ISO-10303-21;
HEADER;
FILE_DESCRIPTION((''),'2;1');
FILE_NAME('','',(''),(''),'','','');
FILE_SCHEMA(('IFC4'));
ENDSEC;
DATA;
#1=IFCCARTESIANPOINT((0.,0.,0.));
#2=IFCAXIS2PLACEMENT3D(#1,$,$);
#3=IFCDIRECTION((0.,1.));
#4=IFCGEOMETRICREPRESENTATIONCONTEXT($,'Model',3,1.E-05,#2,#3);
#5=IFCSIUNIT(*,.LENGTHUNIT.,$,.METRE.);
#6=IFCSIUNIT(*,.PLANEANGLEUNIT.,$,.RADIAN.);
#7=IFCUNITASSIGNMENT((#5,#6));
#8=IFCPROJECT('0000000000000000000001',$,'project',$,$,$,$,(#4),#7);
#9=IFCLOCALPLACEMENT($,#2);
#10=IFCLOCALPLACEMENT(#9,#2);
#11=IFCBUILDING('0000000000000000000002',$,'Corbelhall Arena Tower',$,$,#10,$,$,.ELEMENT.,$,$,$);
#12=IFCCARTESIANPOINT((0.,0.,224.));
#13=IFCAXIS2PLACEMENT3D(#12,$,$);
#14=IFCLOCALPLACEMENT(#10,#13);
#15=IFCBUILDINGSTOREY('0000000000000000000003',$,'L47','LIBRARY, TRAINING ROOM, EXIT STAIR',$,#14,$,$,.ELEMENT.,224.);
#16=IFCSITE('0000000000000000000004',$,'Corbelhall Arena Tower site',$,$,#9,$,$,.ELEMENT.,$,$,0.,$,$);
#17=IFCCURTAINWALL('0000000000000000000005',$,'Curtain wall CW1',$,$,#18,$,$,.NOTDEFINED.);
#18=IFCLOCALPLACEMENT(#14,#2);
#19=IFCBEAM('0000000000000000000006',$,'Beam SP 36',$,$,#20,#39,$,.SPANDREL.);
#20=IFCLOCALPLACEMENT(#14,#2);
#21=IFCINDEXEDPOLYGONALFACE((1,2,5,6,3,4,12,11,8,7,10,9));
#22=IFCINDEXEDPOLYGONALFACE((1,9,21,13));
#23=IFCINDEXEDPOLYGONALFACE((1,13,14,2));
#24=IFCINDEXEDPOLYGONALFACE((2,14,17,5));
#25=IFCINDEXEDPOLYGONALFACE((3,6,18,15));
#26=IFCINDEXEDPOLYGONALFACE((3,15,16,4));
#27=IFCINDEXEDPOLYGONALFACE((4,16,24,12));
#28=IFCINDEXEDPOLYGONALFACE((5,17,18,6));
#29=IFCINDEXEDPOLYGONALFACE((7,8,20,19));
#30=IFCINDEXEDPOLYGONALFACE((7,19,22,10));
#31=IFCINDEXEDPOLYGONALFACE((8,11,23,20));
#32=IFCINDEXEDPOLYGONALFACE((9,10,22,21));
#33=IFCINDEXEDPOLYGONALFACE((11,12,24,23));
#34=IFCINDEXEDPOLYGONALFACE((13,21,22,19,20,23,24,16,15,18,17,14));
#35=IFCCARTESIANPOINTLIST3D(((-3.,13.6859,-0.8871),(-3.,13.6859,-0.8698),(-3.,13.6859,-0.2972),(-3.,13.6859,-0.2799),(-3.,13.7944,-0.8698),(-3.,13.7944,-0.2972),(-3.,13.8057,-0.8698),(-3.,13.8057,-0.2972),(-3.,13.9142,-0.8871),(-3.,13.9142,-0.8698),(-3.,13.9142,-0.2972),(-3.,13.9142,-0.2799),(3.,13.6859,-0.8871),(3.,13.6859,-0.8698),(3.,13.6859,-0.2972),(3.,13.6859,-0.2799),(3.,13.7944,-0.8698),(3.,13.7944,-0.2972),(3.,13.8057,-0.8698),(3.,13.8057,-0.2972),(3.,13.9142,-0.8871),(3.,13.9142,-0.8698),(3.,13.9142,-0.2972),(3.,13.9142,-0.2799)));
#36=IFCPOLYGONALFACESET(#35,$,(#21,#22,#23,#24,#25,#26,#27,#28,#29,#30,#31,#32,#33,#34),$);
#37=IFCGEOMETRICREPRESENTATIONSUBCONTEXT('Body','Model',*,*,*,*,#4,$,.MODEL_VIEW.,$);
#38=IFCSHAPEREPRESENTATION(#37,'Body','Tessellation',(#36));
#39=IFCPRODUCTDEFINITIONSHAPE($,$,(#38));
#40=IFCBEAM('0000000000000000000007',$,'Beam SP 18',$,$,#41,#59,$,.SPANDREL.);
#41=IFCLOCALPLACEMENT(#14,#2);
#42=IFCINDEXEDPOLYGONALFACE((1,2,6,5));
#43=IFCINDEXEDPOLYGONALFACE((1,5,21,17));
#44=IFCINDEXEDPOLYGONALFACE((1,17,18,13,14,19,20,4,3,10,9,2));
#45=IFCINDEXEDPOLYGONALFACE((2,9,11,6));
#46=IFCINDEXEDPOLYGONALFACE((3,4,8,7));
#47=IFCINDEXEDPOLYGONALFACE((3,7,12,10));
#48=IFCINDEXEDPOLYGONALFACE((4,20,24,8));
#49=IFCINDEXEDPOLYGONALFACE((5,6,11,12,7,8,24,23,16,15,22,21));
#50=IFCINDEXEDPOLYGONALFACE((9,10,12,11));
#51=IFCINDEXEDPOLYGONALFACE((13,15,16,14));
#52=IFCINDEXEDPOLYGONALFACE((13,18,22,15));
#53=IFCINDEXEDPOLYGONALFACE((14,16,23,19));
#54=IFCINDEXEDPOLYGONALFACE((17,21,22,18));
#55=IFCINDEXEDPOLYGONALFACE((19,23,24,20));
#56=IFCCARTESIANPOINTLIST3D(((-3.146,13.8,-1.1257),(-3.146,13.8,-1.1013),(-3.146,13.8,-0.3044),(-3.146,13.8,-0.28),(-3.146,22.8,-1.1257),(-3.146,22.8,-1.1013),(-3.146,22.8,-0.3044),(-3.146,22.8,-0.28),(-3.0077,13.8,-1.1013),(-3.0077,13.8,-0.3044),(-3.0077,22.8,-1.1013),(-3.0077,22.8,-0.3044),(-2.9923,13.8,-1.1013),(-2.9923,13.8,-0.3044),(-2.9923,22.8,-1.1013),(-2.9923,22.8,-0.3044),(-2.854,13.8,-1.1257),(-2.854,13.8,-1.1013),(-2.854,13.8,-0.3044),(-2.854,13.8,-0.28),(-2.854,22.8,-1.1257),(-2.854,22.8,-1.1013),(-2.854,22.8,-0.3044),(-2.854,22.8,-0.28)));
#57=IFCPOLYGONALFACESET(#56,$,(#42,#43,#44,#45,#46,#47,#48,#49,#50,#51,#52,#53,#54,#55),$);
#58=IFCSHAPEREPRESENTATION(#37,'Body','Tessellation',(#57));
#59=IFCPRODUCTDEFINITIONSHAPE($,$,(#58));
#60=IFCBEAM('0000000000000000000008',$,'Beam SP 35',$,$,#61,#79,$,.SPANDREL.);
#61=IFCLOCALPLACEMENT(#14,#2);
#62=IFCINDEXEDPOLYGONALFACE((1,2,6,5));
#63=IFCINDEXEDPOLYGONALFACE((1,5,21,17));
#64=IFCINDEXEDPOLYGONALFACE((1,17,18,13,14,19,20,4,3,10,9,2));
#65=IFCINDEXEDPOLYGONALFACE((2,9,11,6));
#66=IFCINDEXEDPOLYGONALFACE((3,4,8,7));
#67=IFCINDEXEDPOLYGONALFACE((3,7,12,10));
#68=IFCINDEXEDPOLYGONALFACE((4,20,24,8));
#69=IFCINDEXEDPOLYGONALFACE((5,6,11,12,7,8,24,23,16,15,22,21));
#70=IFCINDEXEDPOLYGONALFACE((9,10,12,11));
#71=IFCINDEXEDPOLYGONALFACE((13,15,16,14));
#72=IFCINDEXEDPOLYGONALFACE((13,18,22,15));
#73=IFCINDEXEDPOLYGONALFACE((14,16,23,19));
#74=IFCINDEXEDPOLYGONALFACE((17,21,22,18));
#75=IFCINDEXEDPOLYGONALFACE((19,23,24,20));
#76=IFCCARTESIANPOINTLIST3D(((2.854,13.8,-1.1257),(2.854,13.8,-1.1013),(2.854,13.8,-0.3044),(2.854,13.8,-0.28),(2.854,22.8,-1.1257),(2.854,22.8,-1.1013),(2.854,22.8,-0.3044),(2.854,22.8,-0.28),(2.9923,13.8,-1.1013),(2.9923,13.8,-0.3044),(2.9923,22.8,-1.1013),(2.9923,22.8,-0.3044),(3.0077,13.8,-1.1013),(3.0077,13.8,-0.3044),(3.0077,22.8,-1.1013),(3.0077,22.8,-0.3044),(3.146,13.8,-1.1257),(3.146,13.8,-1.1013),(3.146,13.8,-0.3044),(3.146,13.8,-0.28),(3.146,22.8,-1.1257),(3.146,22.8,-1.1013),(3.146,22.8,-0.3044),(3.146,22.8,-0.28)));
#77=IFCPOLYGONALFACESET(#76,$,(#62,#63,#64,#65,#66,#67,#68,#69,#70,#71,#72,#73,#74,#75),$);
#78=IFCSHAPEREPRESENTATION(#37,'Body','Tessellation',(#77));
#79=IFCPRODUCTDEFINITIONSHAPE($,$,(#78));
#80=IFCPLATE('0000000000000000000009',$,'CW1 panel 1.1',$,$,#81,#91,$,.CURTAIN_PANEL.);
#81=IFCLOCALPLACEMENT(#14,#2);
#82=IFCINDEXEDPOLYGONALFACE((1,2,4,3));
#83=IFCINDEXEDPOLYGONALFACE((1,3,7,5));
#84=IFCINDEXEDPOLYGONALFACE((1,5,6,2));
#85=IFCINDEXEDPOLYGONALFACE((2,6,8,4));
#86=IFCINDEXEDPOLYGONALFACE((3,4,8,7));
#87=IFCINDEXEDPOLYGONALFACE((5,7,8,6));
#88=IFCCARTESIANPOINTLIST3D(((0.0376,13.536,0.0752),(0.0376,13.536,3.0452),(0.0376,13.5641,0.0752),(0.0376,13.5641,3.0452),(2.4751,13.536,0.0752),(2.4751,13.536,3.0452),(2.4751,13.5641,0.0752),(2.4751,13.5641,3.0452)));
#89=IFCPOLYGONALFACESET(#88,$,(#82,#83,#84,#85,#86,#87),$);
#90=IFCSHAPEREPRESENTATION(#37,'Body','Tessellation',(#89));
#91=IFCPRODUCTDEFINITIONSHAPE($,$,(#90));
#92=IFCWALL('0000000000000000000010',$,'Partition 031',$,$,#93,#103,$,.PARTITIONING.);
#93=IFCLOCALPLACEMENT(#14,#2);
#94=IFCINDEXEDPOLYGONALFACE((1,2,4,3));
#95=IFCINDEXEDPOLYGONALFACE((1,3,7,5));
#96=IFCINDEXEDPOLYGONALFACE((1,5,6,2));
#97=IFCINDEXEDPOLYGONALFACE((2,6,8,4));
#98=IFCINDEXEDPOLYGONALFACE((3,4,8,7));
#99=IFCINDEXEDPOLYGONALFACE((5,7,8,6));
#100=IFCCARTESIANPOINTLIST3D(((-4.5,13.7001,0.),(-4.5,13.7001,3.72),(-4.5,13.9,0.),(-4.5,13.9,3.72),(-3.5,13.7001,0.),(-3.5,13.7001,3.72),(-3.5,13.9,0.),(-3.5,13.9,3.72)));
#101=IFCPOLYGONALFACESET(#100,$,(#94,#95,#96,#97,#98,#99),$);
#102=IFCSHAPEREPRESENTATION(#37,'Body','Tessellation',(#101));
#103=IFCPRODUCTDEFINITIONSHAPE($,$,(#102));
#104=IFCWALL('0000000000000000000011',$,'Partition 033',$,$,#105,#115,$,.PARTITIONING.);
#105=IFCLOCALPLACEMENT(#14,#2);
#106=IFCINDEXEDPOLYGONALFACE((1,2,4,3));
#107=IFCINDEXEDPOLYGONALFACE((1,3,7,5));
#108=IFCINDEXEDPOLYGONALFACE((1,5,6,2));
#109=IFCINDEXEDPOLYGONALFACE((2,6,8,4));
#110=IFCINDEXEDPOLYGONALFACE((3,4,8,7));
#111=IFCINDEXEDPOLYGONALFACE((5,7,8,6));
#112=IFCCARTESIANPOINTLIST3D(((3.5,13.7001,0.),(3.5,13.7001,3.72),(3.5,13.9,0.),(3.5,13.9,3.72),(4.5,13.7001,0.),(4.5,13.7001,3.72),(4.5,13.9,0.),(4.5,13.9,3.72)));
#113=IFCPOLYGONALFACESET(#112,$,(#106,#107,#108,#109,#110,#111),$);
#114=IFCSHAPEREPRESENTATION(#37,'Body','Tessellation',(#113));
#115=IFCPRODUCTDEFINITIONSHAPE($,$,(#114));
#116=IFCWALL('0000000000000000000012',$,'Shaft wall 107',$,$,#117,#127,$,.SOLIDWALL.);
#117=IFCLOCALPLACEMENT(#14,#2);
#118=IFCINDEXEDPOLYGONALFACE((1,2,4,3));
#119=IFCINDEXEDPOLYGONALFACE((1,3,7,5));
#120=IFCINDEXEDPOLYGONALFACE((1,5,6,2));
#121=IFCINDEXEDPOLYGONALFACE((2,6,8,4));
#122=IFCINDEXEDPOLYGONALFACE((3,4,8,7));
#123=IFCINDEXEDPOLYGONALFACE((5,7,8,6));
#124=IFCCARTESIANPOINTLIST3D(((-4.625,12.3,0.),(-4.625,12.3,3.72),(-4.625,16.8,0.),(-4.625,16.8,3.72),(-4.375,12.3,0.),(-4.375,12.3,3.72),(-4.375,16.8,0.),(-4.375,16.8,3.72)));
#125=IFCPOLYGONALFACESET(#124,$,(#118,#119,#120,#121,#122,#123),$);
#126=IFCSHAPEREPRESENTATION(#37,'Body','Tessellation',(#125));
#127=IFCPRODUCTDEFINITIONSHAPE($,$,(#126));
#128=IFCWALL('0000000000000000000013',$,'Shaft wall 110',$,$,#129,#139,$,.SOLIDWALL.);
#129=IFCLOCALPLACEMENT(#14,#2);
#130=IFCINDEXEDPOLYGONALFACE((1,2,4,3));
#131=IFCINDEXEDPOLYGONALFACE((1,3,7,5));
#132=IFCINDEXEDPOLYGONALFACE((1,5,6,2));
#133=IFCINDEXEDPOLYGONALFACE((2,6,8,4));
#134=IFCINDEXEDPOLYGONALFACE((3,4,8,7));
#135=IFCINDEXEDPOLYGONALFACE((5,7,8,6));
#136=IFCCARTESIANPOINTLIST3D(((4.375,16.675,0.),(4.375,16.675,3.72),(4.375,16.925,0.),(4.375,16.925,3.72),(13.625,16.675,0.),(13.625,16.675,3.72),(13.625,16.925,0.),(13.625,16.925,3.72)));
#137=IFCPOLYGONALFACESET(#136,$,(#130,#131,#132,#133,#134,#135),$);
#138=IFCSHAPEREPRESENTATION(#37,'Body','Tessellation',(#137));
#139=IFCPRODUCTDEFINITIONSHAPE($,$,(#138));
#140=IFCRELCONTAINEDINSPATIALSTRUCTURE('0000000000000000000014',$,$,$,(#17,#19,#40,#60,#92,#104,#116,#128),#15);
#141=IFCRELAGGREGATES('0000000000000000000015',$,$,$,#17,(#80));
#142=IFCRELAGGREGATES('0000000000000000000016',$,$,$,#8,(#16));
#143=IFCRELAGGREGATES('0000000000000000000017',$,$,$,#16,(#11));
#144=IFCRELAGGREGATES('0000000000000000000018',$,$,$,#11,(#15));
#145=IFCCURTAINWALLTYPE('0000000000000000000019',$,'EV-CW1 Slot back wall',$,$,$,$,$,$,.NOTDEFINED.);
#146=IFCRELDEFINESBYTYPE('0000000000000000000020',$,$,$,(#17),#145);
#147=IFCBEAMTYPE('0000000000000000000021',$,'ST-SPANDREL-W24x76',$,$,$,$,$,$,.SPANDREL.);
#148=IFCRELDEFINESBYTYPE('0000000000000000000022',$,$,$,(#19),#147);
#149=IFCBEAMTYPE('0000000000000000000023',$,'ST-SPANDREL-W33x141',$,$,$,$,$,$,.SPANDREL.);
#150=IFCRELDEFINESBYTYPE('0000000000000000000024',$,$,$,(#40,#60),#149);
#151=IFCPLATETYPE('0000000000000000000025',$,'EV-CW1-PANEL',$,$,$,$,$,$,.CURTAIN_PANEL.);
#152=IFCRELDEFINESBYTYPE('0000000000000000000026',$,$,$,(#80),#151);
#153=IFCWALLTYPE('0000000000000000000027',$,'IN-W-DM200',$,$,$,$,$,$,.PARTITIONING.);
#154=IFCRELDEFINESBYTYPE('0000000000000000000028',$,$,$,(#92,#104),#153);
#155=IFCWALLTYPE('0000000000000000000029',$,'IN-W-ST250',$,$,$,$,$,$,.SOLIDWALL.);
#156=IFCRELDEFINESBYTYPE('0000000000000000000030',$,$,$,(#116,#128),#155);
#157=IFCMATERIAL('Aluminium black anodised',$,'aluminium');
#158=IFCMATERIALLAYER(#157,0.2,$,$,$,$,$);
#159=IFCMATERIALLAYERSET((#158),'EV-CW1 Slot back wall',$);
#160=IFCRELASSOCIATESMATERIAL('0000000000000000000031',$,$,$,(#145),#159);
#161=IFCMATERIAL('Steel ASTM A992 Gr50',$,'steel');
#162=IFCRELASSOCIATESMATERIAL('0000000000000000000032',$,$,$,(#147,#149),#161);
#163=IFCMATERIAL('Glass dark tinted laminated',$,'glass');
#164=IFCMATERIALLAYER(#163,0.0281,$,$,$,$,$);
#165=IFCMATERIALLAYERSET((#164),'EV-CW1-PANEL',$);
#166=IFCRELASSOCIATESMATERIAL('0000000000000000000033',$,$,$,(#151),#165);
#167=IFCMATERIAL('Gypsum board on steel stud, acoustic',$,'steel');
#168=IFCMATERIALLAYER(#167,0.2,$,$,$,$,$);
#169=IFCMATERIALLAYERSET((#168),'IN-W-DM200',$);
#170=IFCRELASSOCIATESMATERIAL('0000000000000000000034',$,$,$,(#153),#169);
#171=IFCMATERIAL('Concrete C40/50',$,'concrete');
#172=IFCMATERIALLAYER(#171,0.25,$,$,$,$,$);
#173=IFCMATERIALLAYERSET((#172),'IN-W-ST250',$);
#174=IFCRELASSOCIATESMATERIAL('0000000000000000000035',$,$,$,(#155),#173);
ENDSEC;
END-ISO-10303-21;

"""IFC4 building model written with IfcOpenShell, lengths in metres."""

from ifc_helpers import new_model, si_unit, direction, frame, frame_2d, origin, origin_2d, place, context, subcontext, project, spatial, rectangle, i_section, extrude, material, layer, layer_set, material_profile, profile_set, type_object, element, aggregate, save


model = new_model("IFC4")

# Units and contexts
model_context = context("Model", 3, precision=1e-05, world=origin(), true_north=direction((0.0, 1.0)))
body_context = subcontext(model_context, "Body", "Model", "MODEL_VIEW")
ifc_project = project(units=[si_unit("LENGTHUNIT", "METRE"), si_unit("PLANEANGLEUNIT", "RADIAN")], contexts=[model_context])

# Site, building, storey
site_placement = place(None, origin())
site = spatial("IfcSite", under=ifc_project, at=site_placement, Name="Corbelhall Arena Tower site", CompositionType="ELEMENT", RefElevation=0.0)
building_placement = place(site_placement, origin())
building = spatial("IfcBuilding", under=site, at=building_placement, Name="Corbelhall Arena Tower", CompositionType="ELEMENT")
storey_placement = place(building_placement, frame((0.0, 0.0, 224.0)))
storey = spatial("IfcBuildingStorey", under=building, at=storey_placement, Name="L47", Description="LIBRARY, TRAINING ROOM, EXIT STAIR", CompositionType="ELEMENT", Elevation=224.0)

# Curtain wall
ifc_material_1 = material(Name="Aluminium black anodised", Category="aluminium")
ifc_layer_1 = layer(ifc_material_1, 0.2)
ifc_layer_set_1 = layer_set([ifc_layer_1], Name="EV-CW1 Slot back wall")
curtain_wall_type = type_object("IfcCurtainWallType", Name="EV-CW1 Slot back wall", PredefinedType="NOTDEFINED", material=ifc_layer_set_1)
curtain_wall_placement = place(storey_placement, origin())
curtain_wall = element("IfcCurtainWall", 1, at=curtain_wall_placement, inside=storey, type_object=curtain_wall_type, Name="Curtain wall CW1", PredefinedType="NOTDEFINED")

# Beams
ifc_material_2 = material(Name="Steel ASTM A992 Gr50", Category="steel")
ifc_material_profile_1 = material_profile(ifc_material_2, i_section(OverallWidth=0.2283, OverallDepth=0.6072, WebThickness=0.0112, FlangeThickness=0.0173, at=origin_2d()))
ifc_profile_set_1 = profile_set([ifc_material_profile_1], Name="Steel ASTM A992 Gr50")
beam_type_1 = type_object("IfcBeamType", Name="ST-SPANDREL-W24x76", PredefinedType="SPANDREL", material=ifc_profile_set_1)
beam_1_placement = place(storey_placement, frame((-3.0, 13.8, -0.5835), z_axis=(1.0, 0.0, 0.0), x_axis=(0.0, 1.0, 0.0)))
element("IfcBeam", 2, at=beam_1_placement, inside=storey, type_object=beam_type_1, Name="Beam SP 36", PredefinedType="SPANDREL", context=body_context, shape_type="SweptSolid", body=[
    extrude(i_section(OverallWidth=0.2283, OverallDepth=0.6072, WebThickness=0.0112, FlangeThickness=0.0173, at=origin_2d()), origin(), (0.0, 0.0, 1.0), 6.0),
])
ifc_material_profile_2 = material_profile(ifc_material_2, i_section(OverallWidth=0.292, OverallDepth=0.8457, WebThickness=0.0154, FlangeThickness=0.0244, at=origin_2d()))
ifc_profile_set_2 = profile_set([ifc_material_profile_2], Name="Steel ASTM A992 Gr50")
beam_type_2 = type_object("IfcBeamType", Name="ST-SPANDREL-W33x141", PredefinedType="SPANDREL", material=ifc_profile_set_2)
for number, where, z_axis, x_axis, name in (
    (3, (-3.0, 22.8, -0.7029), (0.0, -1.0, 0.0), (1.0, 0.0, 0.0), "Beam SP 18"),
    (4, (3.0, 13.8, -0.7029), (0.0, 1.0, 0.0), (-1.0, 0.0, 0.0), "Beam SP 35"),
):
    element("IfcBeam", number, at=place(storey_placement, frame(where, z_axis=z_axis, x_axis=x_axis)), inside=storey, type_object=beam_type_2, Name=name, PredefinedType="SPANDREL", context=body_context, shape_type="SweptSolid", body=[
        extrude(i_section(OverallWidth=0.292, OverallDepth=0.8457, WebThickness=0.0154, FlangeThickness=0.0244, at=origin_2d()), origin(), (0.0, 0.0, 1.0), 9.0),
    ])

# Plate
ifc_material_3 = material(Name="Glass dark tinted laminated", Category="glass")
ifc_layer_2 = layer(ifc_material_3, 0.0281)
ifc_layer_set_2 = layer_set([ifc_layer_2], Name="EV-CW1-PANEL")
plate_type = type_object("IfcPlateType", Name="EV-CW1-PANEL", PredefinedType="CURTAIN_PANEL", material=ifc_layer_set_2)
plate_placement = place(storey_placement, frame((1.2563, 13.55, 0.0752), z_axis=(0.0, 0.0, 1.0), x_axis=(-1.0, 0.0, 0.0)))
plate = element("IfcPlate", 5, at=plate_placement, type_object=plate_type, Name="CW1 panel 1.1", PredefinedType="CURTAIN_PANEL", context=body_context, shape_type="SweptSolid", body=[
    extrude(rectangle(XDim=2.4375, YDim=0.0281, at=origin_2d()), origin(), (0.0, 0.0, 1.0), 2.97),
])
aggregate(curtain_wall, [plate])

# Walls
ifc_material_4 = material(Name="Gypsum board on steel stud, acoustic", Category="steel")
ifc_layer_3 = layer(ifc_material_4, 0.2)
ifc_layer_set_3 = layer_set([ifc_layer_3], Name="IN-W-DM200")
wall_type_1 = type_object("IfcWallType", Name="IN-W-DM200", PredefinedType="PARTITIONING", material=ifc_layer_set_3)
for number, where, z_axis, x_axis, name in (
    (6, (-4.5, 13.8, 0.0), (0.0, 0.0, 1.0), (1.0, 0.0, 0.0), "Partition 031"),
    (7, (3.5, 13.8, 0.0), (0.0, 0.0, 1.0), (1.0, 0.0, 0.0), "Partition 033"),
):
    element("IfcWall", number, at=place(storey_placement, frame(where, z_axis=z_axis, x_axis=x_axis)), inside=storey, type_object=wall_type_1, Name=name, PredefinedType="PARTITIONING", context=body_context, shape_type="SweptSolid", body=[
        extrude(rectangle(XDim=1.0, YDim=0.2, at=frame_2d((0.5, 0.0))), origin(), (0.0, 0.0, 1.0), 3.72),
    ])
ifc_material_5 = material(Name="Concrete C40/50", Category="concrete")
ifc_layer_4 = layer(ifc_material_5, 0.25)
ifc_layer_set_4 = layer_set([ifc_layer_4], Name="IN-W-ST250")
wall_type_2 = type_object("IfcWallType", Name="IN-W-ST250", PredefinedType="SOLIDWALL", material=ifc_layer_set_4)
wall_1_placement = place(storey_placement, frame((-4.5, 16.8, 0.0), z_axis=(0.0, 0.0, 1.0), x_axis=(0.0, -1.0, 0.0)))
element("IfcWall", 8, at=wall_1_placement, inside=storey, type_object=wall_type_2, Name="Shaft wall 107", PredefinedType="SOLIDWALL", context=body_context, shape_type="SweptSolid", body=[
    extrude(rectangle(XDim=4.5, YDim=0.25, at=frame_2d((2.25, 0.0))), origin(), (0.0, 0.0, 1.0), 3.72),
])
wall_2_placement = place(storey_placement, frame((4.375, 16.8, 0.0), z_axis=(0.0, 0.0, 1.0), x_axis=(1.0, 0.0, 0.0)))
element("IfcWall", 9, at=wall_2_placement, inside=storey, type_object=wall_type_2, Name="Shaft wall 110", PredefinedType="SOLIDWALL", context=body_context, shape_type="SweptSolid", body=[
    extrude(rectangle(XDim=9.25, YDim=0.25, at=frame_2d((4.625, 0.0))), origin(), (0.0, 0.0, 1.0), 3.72),
])

save(model, "model.ifc")
